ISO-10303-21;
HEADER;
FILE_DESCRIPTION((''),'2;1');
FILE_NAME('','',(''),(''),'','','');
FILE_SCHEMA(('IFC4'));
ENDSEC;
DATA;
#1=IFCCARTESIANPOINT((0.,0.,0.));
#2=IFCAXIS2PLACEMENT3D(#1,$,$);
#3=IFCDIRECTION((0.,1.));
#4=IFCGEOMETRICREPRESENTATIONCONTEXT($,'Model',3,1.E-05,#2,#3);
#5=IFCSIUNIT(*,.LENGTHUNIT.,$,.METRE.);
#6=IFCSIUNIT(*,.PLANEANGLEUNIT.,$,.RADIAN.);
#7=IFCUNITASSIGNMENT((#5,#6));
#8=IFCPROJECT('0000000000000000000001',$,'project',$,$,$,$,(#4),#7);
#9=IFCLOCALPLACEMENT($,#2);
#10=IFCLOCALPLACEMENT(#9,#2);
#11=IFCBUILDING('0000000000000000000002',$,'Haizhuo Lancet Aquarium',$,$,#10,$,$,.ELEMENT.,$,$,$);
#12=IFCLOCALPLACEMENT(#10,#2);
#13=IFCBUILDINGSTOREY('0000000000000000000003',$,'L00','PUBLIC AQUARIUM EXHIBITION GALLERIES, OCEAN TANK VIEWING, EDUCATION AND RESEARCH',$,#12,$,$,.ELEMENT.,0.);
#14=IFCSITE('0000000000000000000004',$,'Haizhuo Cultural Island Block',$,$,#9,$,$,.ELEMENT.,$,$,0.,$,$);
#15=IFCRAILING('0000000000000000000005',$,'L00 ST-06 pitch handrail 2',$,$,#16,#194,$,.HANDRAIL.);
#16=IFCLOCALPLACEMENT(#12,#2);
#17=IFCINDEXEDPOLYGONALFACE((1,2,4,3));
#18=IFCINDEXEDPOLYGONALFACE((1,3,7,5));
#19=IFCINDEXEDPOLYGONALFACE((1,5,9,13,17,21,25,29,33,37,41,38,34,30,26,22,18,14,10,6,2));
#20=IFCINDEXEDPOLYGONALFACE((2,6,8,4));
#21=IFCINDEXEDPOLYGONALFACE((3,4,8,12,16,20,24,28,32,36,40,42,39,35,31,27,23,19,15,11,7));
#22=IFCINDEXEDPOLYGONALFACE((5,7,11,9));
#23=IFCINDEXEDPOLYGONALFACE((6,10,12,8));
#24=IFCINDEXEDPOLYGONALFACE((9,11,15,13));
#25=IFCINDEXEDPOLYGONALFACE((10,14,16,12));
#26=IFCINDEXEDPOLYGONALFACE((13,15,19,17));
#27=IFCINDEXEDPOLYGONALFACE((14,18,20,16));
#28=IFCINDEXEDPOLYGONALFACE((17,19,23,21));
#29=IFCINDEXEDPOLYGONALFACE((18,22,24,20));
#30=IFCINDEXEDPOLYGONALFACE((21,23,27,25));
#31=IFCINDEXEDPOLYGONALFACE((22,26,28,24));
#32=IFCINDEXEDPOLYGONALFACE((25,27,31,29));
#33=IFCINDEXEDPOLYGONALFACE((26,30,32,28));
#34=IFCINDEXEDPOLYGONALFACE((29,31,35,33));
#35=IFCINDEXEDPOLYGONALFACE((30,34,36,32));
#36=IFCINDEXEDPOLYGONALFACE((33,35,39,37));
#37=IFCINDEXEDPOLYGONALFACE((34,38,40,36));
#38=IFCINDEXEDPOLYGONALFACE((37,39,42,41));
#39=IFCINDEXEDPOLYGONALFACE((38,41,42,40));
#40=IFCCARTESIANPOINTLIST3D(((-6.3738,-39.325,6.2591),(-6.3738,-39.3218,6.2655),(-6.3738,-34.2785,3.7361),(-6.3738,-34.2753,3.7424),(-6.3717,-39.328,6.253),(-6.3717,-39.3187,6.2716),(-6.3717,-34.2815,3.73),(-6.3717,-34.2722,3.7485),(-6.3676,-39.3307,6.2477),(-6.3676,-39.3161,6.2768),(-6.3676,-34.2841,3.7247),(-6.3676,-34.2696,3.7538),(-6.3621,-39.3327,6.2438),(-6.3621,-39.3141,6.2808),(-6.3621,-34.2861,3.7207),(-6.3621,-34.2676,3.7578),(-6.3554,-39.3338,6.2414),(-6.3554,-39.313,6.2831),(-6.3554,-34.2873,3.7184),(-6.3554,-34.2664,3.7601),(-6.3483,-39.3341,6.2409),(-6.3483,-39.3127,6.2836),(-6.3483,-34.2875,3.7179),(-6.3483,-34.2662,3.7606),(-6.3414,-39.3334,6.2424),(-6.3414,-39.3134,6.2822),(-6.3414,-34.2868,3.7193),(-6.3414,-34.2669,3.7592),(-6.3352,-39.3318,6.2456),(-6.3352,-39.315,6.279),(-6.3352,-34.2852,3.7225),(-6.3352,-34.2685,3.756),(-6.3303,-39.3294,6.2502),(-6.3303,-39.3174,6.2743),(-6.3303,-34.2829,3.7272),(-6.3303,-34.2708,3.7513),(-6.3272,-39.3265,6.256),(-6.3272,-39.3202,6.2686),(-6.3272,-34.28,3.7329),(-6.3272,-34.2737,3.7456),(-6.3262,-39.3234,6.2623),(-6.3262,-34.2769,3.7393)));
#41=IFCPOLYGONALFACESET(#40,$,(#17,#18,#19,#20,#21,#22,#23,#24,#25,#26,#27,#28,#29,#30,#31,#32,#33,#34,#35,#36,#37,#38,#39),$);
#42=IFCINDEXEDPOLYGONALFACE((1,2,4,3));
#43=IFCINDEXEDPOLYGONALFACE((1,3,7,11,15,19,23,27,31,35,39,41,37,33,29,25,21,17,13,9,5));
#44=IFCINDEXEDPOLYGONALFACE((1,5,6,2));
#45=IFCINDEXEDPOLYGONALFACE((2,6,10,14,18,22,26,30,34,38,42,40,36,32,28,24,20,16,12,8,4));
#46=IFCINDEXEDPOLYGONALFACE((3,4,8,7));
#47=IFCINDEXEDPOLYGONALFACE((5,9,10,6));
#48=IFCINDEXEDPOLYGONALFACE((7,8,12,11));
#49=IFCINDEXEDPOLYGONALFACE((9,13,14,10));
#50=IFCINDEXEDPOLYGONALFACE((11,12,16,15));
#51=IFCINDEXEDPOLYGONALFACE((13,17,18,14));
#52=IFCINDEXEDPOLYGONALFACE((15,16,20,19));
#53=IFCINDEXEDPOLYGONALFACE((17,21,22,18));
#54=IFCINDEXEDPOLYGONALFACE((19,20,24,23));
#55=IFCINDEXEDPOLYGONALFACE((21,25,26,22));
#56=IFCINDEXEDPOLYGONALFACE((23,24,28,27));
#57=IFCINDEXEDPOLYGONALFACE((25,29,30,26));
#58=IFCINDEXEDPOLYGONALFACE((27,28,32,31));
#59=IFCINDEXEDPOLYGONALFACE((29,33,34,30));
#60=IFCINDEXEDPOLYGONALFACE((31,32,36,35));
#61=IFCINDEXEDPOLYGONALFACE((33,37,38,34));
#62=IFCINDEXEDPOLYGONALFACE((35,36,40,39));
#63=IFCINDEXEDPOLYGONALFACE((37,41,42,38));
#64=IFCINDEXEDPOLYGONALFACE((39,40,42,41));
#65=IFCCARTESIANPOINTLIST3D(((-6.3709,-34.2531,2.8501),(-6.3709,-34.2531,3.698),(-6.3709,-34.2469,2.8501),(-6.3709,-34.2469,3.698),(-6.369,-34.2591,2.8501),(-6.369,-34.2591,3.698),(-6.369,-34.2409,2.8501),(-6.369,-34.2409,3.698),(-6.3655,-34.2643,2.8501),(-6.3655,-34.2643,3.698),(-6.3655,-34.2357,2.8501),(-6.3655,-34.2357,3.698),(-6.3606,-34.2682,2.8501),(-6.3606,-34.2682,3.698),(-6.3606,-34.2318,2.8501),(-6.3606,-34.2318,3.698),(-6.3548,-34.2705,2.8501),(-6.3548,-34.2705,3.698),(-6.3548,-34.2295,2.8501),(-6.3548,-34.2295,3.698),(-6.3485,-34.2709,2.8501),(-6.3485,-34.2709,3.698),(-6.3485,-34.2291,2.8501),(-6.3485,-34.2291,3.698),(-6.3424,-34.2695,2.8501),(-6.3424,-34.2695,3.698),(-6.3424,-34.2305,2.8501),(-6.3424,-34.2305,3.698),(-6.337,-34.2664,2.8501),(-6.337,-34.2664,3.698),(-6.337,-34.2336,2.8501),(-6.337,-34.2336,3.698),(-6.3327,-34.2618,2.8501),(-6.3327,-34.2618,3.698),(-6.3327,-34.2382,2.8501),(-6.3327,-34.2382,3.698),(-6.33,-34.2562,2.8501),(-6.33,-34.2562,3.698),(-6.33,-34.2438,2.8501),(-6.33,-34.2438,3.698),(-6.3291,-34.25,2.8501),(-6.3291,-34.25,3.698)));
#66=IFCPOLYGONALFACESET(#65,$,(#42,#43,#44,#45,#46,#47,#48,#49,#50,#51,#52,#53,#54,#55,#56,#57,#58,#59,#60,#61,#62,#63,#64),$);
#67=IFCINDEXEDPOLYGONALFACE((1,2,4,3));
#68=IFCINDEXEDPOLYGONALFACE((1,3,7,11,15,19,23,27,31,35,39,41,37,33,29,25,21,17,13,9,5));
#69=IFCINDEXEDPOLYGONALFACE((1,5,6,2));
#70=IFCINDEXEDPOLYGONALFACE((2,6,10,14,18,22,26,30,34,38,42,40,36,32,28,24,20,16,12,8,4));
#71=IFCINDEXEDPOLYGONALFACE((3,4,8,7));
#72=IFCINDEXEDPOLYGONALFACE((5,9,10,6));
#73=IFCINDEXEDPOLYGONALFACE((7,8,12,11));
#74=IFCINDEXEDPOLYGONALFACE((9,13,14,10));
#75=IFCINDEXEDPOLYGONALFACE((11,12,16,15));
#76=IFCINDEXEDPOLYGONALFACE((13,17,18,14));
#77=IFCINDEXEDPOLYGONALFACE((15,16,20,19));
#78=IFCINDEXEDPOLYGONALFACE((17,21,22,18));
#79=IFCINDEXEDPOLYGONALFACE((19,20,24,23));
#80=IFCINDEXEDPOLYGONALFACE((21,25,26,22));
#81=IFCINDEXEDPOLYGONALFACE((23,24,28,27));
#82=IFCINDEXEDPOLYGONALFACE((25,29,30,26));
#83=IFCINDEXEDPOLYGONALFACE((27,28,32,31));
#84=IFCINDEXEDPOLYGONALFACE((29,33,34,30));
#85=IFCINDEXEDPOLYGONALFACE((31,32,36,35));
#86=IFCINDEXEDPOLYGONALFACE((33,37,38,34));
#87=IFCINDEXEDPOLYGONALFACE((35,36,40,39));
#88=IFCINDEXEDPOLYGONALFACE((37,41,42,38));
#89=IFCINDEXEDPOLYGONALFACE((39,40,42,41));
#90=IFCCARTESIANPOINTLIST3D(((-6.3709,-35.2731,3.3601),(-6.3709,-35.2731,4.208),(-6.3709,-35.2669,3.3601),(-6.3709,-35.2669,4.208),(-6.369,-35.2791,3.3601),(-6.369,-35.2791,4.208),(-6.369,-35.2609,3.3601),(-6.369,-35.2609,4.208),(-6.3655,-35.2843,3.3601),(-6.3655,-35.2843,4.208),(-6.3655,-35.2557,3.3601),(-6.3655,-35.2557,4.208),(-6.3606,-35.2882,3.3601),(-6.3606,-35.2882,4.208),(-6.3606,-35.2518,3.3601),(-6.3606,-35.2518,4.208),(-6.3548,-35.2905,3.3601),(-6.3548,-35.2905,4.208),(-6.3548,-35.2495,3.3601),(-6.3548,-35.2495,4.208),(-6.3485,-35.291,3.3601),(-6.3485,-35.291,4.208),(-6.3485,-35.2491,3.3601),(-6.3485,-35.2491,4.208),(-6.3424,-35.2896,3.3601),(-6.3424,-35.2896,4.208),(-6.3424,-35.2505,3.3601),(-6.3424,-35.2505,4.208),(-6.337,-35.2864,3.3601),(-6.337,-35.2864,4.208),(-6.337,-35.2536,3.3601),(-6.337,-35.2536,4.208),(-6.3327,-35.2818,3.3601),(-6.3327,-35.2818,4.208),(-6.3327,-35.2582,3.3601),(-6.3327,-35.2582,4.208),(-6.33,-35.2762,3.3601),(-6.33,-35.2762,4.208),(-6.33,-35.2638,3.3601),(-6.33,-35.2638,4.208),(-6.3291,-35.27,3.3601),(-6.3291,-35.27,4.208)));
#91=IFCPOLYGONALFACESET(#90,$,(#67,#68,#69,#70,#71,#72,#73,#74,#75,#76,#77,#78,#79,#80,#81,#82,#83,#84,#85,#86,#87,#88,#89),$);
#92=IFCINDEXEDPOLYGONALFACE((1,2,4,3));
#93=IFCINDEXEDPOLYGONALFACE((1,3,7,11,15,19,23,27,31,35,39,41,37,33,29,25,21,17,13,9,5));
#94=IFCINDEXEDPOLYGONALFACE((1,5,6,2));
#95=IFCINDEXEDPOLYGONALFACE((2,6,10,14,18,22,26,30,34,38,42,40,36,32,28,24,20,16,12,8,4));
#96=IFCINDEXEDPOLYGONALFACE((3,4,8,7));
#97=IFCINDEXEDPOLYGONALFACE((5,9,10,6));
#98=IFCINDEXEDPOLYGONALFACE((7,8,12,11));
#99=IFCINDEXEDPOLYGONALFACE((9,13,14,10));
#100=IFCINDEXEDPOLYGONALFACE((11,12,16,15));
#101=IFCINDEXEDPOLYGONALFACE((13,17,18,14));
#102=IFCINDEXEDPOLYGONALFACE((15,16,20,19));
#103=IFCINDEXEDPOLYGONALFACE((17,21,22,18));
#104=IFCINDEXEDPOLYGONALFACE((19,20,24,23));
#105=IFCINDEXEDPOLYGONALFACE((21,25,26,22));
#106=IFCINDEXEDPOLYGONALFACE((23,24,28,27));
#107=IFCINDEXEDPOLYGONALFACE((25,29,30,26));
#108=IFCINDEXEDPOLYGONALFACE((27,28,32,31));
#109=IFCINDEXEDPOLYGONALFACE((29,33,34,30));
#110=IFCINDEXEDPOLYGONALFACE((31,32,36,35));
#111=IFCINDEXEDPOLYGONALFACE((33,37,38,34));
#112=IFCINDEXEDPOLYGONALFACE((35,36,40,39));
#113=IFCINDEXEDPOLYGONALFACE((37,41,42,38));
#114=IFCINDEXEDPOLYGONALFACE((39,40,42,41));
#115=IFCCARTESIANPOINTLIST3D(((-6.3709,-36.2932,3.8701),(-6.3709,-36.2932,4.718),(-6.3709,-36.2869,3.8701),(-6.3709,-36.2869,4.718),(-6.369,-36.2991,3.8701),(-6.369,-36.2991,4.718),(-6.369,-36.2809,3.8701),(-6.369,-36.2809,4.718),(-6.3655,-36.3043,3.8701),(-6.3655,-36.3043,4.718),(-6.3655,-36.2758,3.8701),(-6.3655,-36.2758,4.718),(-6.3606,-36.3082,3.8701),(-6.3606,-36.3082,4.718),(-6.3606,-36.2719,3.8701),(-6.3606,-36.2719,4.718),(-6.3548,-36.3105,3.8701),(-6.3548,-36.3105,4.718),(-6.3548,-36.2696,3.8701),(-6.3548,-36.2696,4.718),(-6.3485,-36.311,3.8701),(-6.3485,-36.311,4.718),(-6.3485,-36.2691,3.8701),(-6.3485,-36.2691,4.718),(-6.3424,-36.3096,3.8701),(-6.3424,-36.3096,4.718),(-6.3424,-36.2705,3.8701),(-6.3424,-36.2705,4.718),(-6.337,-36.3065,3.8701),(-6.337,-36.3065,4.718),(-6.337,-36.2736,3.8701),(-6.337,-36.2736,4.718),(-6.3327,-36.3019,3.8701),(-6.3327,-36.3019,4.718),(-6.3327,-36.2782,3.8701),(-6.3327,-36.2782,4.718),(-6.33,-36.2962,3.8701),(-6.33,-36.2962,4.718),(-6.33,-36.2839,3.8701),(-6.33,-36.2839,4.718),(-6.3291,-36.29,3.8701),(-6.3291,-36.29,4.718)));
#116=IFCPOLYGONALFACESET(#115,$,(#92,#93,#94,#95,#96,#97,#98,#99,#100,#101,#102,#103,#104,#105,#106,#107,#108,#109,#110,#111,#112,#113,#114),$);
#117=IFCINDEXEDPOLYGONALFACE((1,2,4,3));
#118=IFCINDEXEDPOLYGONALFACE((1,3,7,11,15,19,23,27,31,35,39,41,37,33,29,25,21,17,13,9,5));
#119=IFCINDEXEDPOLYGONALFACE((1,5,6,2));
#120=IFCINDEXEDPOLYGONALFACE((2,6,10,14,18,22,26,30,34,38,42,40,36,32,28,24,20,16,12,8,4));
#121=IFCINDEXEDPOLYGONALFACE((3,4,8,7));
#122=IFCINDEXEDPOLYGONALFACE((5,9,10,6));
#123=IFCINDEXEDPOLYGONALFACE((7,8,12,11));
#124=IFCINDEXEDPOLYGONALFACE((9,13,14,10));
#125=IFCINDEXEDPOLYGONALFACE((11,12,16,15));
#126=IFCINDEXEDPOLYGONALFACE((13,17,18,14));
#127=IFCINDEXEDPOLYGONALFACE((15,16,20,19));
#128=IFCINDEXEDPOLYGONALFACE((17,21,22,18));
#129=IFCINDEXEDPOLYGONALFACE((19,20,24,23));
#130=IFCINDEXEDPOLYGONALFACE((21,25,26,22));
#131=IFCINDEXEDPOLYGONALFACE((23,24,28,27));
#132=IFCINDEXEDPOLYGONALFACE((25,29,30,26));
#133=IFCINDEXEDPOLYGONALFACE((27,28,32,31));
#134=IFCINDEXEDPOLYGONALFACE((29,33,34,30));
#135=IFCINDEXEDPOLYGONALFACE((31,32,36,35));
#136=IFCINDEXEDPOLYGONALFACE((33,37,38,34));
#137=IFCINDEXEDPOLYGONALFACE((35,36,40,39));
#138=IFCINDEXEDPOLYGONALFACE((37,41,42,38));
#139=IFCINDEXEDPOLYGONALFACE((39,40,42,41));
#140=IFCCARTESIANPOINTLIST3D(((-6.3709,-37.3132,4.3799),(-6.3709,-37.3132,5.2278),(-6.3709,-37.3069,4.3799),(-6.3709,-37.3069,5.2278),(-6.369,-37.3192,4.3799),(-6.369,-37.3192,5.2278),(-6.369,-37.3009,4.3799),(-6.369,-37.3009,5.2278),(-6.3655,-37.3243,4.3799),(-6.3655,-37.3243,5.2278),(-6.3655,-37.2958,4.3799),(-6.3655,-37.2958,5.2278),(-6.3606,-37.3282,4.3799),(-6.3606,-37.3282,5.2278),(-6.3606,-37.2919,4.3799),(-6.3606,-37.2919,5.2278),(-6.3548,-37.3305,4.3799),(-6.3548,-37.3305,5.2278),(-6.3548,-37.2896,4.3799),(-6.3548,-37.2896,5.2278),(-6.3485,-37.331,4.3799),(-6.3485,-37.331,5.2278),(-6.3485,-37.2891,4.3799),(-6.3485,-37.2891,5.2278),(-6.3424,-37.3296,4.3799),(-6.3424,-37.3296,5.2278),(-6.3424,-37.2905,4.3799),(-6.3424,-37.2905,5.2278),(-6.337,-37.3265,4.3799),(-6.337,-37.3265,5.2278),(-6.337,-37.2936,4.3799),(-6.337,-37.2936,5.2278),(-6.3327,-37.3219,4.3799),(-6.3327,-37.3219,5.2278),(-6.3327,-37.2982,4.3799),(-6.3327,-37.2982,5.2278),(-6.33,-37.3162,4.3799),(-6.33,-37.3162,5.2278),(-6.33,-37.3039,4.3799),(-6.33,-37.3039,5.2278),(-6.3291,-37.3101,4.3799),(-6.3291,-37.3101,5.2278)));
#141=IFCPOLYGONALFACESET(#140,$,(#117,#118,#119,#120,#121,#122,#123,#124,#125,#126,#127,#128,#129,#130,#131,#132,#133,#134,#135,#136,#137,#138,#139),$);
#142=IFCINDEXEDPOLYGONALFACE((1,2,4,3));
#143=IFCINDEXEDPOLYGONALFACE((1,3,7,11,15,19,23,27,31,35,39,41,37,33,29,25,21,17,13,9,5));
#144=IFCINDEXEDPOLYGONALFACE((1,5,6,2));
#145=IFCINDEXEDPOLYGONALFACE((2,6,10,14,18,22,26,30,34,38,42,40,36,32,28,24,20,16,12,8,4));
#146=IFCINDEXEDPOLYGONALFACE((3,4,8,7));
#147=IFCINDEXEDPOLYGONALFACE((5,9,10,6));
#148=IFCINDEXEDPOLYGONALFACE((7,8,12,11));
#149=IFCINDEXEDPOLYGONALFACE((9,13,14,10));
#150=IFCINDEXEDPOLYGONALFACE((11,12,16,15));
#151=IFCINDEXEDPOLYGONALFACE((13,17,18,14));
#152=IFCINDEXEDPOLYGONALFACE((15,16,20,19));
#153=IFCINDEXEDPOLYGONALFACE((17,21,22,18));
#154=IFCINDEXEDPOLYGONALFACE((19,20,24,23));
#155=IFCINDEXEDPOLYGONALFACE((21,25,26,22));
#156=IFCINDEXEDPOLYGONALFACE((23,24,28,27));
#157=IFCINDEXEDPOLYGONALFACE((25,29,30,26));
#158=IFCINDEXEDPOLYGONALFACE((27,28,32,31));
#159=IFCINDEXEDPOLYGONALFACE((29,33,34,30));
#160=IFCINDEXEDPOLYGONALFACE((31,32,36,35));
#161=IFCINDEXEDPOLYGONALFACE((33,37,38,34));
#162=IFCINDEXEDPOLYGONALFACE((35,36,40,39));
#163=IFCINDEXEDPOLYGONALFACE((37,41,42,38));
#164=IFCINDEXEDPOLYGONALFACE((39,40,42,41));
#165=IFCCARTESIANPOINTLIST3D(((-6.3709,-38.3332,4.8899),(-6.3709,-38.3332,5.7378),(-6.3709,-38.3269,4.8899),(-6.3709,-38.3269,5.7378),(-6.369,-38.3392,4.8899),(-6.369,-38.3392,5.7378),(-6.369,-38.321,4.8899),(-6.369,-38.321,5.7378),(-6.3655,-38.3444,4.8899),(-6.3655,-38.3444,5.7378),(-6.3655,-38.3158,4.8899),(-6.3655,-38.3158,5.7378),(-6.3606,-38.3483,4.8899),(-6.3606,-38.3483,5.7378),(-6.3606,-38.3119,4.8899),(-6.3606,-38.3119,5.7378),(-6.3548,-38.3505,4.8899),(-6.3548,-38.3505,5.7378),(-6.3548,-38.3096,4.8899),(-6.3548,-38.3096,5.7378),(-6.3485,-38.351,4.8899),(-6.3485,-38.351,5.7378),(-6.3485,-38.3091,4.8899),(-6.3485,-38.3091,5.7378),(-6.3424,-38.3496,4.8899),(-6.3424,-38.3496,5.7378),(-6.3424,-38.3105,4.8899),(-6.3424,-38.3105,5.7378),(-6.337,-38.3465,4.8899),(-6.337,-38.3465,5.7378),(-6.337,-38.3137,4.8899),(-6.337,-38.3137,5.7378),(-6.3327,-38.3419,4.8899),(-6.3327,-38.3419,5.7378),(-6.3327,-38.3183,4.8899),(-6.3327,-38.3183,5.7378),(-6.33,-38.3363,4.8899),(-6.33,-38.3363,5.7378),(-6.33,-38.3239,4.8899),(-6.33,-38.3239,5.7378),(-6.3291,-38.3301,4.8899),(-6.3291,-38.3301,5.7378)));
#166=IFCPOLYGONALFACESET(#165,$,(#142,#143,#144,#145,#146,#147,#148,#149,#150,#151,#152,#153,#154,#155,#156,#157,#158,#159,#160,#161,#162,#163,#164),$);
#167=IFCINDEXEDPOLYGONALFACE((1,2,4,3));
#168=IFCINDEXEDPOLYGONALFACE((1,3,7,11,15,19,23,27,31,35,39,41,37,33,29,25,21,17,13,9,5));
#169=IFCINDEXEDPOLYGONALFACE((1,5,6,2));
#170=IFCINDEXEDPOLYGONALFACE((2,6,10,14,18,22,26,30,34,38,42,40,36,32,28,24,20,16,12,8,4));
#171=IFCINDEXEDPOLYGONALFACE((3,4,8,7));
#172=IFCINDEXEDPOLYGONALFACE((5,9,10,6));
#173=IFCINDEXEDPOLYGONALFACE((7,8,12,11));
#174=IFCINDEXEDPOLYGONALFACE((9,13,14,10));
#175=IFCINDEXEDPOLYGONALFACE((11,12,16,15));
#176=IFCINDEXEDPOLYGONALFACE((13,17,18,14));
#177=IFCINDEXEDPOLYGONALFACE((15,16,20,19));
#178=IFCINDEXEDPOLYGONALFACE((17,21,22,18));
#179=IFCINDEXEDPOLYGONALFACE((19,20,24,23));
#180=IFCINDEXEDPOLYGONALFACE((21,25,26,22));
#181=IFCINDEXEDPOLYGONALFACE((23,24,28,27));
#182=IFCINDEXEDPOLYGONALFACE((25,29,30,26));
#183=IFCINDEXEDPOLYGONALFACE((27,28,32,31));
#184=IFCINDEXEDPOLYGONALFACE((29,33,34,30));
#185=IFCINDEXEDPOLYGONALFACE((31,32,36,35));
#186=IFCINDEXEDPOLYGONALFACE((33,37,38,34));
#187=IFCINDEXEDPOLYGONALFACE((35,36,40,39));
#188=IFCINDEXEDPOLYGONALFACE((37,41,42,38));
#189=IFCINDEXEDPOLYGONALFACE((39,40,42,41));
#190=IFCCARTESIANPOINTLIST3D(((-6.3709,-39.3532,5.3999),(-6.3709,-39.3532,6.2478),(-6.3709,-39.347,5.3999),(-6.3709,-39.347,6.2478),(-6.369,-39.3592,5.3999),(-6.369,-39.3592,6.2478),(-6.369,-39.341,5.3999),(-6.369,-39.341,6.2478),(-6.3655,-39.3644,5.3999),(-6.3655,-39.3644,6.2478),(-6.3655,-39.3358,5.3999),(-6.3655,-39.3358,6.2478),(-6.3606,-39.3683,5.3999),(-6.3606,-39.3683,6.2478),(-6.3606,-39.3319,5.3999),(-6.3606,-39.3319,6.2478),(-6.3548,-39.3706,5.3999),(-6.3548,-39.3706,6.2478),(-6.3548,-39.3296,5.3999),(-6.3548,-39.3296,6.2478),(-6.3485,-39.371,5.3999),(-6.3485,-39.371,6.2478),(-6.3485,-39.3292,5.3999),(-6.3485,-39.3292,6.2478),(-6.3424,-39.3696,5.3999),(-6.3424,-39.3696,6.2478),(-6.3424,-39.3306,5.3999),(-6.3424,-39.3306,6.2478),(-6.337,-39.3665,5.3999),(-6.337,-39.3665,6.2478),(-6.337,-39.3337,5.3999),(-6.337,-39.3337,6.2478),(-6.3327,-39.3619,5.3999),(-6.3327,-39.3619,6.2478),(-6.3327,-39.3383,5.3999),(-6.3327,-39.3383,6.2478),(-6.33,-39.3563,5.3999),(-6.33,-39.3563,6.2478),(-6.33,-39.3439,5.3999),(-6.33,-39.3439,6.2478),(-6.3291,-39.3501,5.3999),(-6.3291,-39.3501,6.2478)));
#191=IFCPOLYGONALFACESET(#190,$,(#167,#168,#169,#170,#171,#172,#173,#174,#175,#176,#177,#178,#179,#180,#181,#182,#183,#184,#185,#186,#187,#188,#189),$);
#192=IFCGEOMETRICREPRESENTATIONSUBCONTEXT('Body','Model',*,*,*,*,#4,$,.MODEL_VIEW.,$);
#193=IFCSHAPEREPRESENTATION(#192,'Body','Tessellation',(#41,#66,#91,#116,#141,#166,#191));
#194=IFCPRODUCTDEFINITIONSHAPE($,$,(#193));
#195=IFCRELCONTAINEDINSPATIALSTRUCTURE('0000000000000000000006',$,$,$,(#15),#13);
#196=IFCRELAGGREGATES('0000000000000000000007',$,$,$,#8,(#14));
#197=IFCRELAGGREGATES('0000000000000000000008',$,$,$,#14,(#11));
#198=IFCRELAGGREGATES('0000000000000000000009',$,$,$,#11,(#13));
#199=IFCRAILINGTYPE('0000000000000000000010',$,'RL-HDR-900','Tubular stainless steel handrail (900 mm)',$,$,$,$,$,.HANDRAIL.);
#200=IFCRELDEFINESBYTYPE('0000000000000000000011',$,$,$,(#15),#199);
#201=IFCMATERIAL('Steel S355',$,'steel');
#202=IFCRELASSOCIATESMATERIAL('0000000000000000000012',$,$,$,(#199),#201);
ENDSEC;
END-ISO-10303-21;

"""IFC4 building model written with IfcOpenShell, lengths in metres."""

from ifc_helpers import new_model, si_unit, direction, frame, origin, origin_2d, place, context, subcontext, project, spatial, circle, extrude, material, type_object, element, save


model = new_model("IFC4")

# Units and contexts
model_context = context("Model", 3, precision=1e-05, world=origin(), true_north=direction((0.0, 1.0)))
body_context = subcontext(model_context, "Body", "Model", "MODEL_VIEW")
ifc_project = project(units=[si_unit("LENGTHUNIT", "METRE"), si_unit("PLANEANGLEUNIT", "RADIAN")], contexts=[model_context])

# Site, building, storey
site_placement = place(None, origin())
site = spatial("IfcSite", under=ifc_project, at=site_placement, Name="Haizhuo Cultural Island Block", CompositionType="ELEMENT", RefElevation=0.0)
building_placement = place(site_placement, origin())
building = spatial("IfcBuilding", under=site, at=building_placement, Name="Haizhuo Lancet Aquarium", CompositionType="ELEMENT")
storey_placement = place(building_placement, origin())
storey = spatial("IfcBuildingStorey", under=building, at=storey_placement, Name="L00", Description="PUBLIC AQUARIUM EXHIBITION GALLERIES, OCEAN TANK VIEWING, EDUCATION AND RESEARCH", CompositionType="ELEMENT", Elevation=0.0)

# Shared definitions
ifc_material_1 = material(Name="Steel S355", Category="steel")

# Railing
railing_type = type_object("IfcRailingType", Name="RL-HDR-900", Description="Tubular stainless steel handrail (900 mm)", PredefinedType="HANDRAIL", material=ifc_material_1)
railing_placement = place(storey_placement, frame((-6.3501, -34.25, 2.8501)))
element("IfcRailing", 1, at=railing_placement, inside=storey, type_object=railing_type, Name="L00 ST-06 pitch handrail 2", PredefinedType="HANDRAIL", context=body_context, shape_type="SweptSolid", body=[
    extrude(circle(Radius=0.0239, at=origin_2d()), frame((0.0, -0.0269, 0.8892), z_axis=(0.0, -0.894444, 0.447179), x_axis=(1.0, 0.0, 0.0)), (0.0, 0.0, 1.0), 5.6421),
    extrude(circle(Radius=0.021, at=origin_2d()), origin(), (0.0, 0.0, 1.0), 0.8479),
    extrude(circle(Radius=0.021, at=origin_2d()), frame((0.0, -1.02, 0.51)), (0.0, 0.0, 1.0), 0.8479),
    extrude(circle(Radius=0.021, at=origin_2d()), frame((0.0, -2.04, 1.02)), (0.0, 0.0, 1.0), 0.8479),
    extrude(circle(Radius=0.021, at=origin_2d()), frame((0.0, -3.0601, 1.5298)), (0.0, 0.0, 1.0), 0.8479),
    extrude(circle(Radius=0.021, at=origin_2d()), frame((0.0, -4.0801, 2.0398)), (0.0, 0.0, 1.0), 0.8479),
    extrude(circle(Radius=0.021, at=origin_2d()), frame((0.0, -5.1001, 2.5498)), (0.0, 0.0, 1.0), 0.8479),
])

save(model, "model.ifc")
